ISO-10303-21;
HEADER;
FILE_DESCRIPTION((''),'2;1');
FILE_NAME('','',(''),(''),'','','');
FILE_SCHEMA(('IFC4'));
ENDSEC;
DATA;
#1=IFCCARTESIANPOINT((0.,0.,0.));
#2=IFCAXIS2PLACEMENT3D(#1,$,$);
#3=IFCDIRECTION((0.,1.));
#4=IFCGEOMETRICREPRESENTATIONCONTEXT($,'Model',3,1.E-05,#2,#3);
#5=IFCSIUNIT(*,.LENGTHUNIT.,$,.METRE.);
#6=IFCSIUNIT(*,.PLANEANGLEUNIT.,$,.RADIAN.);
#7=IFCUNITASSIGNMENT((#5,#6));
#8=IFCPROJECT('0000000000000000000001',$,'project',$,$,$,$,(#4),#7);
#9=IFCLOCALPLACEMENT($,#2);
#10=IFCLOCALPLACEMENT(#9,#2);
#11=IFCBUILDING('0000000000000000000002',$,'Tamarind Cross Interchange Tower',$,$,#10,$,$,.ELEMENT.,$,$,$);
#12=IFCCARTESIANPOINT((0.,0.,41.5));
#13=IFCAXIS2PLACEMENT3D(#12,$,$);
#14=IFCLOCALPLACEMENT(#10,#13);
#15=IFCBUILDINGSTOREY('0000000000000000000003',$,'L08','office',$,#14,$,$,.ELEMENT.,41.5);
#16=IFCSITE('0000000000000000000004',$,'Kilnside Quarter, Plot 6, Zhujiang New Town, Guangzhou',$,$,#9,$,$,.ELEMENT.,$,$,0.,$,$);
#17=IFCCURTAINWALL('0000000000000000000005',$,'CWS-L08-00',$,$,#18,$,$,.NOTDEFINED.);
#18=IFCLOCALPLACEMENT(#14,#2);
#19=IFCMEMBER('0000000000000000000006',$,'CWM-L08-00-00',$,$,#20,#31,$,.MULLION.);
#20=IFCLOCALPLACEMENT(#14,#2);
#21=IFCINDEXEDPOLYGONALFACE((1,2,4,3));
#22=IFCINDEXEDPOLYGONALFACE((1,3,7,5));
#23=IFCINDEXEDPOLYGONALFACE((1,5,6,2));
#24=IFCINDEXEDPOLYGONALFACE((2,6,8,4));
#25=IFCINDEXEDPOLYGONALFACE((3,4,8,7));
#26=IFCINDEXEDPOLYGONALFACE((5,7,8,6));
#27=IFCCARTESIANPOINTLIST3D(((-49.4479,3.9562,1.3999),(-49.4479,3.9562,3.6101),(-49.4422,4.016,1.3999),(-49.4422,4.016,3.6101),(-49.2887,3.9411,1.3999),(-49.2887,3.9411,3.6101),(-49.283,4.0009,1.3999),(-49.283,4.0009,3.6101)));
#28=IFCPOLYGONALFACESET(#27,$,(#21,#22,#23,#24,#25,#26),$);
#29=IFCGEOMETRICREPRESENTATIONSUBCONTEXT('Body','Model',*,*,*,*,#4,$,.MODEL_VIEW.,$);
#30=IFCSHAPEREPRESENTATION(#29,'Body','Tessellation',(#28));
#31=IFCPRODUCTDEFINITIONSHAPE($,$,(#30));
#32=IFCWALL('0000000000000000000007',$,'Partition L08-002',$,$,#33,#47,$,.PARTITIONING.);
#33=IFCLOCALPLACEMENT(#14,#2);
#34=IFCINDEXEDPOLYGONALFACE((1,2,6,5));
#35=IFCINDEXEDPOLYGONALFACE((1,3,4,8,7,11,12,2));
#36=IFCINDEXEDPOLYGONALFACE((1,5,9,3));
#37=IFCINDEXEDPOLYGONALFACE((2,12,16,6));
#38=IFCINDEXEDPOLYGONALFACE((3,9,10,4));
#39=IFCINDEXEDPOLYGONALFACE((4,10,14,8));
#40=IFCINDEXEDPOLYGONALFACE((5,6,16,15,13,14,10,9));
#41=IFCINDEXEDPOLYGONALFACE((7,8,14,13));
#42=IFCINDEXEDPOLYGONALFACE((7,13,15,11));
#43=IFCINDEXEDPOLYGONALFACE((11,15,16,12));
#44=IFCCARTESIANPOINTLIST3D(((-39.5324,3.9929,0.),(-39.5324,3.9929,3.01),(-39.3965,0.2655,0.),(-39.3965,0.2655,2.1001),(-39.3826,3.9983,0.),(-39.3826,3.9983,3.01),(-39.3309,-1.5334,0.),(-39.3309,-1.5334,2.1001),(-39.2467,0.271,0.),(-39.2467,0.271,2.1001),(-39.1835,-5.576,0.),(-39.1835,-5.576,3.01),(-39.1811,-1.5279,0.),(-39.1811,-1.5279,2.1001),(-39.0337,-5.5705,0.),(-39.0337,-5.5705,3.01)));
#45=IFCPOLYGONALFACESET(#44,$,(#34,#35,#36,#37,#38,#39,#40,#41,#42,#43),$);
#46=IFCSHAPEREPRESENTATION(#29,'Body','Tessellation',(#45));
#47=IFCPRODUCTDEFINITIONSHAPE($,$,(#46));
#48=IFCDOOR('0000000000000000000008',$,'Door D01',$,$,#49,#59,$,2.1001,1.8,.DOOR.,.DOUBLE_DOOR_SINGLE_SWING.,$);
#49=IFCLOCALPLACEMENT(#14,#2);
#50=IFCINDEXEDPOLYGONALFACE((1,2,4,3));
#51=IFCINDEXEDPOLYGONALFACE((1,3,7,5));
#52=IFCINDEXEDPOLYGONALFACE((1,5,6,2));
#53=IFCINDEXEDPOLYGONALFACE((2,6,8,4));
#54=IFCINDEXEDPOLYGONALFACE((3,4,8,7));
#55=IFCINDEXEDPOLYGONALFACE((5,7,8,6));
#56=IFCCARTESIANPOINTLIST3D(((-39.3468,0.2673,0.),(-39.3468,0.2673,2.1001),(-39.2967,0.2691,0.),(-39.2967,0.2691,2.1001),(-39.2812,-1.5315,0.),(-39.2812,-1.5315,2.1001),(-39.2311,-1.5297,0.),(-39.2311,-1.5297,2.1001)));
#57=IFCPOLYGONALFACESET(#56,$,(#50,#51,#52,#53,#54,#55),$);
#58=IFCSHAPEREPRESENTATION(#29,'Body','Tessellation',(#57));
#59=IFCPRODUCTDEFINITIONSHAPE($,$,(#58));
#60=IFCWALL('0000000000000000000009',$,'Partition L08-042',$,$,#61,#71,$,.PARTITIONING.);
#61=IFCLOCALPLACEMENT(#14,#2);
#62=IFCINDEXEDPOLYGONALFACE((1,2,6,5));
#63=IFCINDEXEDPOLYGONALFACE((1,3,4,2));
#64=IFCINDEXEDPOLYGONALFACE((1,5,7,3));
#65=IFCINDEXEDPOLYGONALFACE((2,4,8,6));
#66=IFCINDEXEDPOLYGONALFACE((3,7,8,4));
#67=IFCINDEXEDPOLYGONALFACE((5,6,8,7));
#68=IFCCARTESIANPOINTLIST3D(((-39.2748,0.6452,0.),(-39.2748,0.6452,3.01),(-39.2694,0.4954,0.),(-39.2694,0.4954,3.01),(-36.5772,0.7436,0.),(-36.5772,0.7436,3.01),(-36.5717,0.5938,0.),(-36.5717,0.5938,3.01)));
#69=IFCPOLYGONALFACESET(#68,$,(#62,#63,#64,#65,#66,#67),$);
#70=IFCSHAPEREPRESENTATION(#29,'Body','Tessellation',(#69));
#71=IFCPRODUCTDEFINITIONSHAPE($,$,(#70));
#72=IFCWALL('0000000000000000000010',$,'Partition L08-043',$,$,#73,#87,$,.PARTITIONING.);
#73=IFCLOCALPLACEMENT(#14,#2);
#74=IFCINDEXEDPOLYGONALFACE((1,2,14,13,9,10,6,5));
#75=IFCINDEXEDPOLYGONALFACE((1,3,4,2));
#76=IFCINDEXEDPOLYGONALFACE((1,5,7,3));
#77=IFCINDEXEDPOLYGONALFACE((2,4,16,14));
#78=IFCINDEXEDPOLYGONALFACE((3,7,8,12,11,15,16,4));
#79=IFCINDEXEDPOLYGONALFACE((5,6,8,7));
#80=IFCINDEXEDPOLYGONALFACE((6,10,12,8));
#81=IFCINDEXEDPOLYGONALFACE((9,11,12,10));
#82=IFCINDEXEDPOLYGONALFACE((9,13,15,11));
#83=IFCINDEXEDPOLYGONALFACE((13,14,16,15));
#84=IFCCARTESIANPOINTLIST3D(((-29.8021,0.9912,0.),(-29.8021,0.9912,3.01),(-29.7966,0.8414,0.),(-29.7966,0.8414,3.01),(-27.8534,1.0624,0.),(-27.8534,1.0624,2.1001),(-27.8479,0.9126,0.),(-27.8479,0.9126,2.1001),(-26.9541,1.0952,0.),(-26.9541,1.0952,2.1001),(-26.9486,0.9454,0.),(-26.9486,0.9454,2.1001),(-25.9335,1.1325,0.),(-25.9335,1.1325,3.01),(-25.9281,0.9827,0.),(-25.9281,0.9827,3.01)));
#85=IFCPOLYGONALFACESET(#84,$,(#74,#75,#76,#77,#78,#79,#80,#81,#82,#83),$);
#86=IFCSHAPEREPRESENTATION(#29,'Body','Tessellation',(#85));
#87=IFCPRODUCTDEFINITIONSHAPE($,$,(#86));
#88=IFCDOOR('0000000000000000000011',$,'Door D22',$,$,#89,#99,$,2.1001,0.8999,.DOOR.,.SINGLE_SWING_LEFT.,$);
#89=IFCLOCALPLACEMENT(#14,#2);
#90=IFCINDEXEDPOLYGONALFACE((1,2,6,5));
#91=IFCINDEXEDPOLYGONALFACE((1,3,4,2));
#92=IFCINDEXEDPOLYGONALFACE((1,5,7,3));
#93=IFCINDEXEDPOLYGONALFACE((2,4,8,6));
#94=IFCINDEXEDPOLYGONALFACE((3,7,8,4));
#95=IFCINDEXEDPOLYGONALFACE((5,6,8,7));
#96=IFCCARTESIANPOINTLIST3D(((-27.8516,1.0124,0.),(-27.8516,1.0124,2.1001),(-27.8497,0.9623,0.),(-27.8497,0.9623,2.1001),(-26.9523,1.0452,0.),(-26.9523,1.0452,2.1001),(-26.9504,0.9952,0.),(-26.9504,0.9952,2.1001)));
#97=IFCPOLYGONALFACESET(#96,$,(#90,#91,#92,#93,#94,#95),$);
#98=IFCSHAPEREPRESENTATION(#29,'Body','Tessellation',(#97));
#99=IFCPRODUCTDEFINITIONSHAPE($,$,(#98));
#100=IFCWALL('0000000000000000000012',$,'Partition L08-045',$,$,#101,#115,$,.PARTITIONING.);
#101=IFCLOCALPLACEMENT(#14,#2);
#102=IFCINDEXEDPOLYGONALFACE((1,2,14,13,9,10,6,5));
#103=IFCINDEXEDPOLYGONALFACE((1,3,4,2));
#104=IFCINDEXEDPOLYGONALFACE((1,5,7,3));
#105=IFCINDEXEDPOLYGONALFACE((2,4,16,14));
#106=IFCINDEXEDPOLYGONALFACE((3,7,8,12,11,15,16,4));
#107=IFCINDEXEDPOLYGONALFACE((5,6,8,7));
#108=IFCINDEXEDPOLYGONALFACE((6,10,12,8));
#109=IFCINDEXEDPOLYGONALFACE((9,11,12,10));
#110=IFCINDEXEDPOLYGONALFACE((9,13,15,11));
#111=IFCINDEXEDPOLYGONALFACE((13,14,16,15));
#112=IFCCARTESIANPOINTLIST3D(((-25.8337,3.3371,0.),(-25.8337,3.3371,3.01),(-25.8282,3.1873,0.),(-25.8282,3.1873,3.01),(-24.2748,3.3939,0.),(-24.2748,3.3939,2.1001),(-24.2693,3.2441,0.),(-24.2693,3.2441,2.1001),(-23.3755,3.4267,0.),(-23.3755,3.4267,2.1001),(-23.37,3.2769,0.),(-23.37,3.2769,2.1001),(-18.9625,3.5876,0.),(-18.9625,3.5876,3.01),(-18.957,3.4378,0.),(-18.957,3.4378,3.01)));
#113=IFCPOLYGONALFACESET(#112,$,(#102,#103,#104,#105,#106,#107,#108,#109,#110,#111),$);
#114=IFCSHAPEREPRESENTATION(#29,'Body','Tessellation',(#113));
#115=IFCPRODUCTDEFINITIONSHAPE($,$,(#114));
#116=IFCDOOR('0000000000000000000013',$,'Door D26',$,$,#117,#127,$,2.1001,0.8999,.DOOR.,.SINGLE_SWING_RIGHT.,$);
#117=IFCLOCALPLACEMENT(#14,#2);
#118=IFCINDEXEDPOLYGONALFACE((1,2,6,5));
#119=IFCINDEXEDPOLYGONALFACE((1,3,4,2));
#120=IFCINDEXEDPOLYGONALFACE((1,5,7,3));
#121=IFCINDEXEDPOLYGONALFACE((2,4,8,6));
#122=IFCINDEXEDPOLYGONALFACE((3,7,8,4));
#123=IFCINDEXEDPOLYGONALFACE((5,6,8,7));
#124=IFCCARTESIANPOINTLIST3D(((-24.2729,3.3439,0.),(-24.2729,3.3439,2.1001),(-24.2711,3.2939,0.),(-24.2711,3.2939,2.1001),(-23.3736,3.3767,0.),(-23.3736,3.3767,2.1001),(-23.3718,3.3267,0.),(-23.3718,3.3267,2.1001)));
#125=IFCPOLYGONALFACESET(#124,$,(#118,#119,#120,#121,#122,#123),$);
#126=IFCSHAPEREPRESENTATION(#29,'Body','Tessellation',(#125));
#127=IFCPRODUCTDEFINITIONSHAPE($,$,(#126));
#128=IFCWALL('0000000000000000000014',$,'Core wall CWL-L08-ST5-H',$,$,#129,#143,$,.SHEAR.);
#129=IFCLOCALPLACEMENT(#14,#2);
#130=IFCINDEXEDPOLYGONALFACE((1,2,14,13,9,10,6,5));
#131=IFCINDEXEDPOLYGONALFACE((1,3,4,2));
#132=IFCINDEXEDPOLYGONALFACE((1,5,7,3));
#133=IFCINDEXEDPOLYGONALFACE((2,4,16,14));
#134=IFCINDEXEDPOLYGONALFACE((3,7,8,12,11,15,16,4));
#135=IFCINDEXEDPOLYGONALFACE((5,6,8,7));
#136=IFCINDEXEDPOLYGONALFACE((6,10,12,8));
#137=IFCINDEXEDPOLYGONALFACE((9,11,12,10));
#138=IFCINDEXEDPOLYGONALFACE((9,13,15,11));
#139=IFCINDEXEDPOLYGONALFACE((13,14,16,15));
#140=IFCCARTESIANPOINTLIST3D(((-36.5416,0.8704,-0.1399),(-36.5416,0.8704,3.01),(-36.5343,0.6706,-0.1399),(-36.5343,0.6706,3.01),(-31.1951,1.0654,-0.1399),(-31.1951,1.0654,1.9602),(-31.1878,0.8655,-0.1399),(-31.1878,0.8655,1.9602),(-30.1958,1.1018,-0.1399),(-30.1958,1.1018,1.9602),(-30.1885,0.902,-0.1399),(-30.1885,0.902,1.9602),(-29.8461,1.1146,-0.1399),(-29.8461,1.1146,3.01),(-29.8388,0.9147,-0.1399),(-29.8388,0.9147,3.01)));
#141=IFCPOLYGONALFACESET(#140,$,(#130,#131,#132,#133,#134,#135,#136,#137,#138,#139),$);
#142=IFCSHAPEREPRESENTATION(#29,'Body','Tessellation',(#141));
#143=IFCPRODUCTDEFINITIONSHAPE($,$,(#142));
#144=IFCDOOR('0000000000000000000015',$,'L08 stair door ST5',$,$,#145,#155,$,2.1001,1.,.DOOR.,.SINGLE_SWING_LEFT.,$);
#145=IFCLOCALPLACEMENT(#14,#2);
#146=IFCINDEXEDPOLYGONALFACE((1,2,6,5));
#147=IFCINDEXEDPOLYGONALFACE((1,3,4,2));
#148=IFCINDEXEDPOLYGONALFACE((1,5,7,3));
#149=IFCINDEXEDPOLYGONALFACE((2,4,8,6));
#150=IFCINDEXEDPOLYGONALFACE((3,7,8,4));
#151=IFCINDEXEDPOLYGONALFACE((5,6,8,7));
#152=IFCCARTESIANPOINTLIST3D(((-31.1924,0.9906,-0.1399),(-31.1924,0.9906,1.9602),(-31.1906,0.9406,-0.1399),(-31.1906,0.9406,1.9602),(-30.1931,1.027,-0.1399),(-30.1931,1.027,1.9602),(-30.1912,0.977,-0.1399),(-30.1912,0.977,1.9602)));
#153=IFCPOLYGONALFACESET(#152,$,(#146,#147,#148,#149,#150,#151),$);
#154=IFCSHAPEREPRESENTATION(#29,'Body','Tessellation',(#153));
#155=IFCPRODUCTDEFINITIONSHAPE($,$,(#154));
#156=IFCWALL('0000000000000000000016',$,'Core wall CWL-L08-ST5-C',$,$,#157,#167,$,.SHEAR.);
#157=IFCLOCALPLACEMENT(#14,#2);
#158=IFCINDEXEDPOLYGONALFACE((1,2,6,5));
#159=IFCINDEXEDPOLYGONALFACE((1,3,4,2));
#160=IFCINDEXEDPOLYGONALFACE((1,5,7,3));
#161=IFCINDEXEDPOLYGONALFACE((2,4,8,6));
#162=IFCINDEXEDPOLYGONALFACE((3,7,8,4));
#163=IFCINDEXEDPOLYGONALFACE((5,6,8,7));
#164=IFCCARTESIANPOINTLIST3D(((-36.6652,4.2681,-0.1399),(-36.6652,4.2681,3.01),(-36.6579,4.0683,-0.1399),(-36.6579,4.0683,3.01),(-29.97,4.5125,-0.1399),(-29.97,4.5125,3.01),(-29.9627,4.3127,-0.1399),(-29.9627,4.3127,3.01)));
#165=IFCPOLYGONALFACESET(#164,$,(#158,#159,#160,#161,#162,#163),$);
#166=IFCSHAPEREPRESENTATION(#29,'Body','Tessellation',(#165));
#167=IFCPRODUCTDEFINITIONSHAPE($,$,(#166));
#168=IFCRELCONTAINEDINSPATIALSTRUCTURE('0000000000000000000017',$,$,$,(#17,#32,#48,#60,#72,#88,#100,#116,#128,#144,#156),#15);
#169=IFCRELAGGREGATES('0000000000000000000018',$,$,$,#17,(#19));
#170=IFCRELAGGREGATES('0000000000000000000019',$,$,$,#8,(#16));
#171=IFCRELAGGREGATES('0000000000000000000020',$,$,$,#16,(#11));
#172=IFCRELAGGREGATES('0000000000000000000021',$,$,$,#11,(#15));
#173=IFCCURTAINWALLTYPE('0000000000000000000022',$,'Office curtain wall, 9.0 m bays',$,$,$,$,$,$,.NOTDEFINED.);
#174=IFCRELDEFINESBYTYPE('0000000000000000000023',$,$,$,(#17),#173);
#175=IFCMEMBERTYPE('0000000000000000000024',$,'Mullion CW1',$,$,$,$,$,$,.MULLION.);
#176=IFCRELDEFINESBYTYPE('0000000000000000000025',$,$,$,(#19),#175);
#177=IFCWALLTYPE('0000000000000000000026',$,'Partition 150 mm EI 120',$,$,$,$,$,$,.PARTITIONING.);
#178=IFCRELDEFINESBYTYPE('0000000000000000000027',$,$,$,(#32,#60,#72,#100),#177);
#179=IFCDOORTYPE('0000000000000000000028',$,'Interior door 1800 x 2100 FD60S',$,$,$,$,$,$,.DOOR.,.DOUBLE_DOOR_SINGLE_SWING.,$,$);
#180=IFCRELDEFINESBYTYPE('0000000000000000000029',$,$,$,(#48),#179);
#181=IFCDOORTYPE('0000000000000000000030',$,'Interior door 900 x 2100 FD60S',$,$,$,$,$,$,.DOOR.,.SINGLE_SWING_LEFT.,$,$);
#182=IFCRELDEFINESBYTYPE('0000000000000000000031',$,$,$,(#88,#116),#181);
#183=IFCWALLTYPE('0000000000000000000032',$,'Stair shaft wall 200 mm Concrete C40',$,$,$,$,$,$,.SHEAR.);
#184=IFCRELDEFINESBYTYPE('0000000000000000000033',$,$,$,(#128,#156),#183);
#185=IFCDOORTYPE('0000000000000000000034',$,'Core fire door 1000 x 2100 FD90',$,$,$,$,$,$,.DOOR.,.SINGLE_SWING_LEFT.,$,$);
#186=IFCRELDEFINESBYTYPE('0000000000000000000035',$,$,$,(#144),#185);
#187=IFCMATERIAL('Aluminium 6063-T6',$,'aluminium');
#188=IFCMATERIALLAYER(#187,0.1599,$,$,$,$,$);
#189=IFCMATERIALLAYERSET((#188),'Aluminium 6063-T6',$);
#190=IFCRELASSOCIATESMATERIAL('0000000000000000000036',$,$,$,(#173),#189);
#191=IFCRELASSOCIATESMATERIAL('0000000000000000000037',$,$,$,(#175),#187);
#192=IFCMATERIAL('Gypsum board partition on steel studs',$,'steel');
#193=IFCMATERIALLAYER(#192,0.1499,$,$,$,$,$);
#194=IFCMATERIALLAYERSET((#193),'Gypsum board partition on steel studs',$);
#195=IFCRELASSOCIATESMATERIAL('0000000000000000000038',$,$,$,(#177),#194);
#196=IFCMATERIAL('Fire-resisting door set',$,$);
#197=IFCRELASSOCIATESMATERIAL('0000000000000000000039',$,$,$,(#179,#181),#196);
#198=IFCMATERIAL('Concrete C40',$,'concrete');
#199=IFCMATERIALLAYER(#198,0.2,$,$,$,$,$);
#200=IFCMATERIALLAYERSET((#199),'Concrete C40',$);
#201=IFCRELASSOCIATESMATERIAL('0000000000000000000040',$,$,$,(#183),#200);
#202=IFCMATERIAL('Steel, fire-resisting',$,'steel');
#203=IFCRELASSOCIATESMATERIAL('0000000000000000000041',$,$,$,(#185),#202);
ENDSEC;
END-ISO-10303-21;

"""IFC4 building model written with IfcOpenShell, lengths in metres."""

from ifc_helpers import new_model, si_unit, direction, frame, frame_2d, origin, origin_2d, place, context, subcontext, project, spatial, rectangle, extrude, material, layer, layer_set, material_profile, profile_set, type_object, element, fill, aggregate, save


model = new_model("IFC4")

# Units and contexts
model_context = context("Model", 3, precision=1e-05, world=origin(), true_north=direction((0.0, 1.0)))
body_context = subcontext(model_context, "Body", "Model", "MODEL_VIEW")
ifc_project = project(units=[si_unit("LENGTHUNIT", "METRE"), si_unit("PLANEANGLEUNIT", "RADIAN")], contexts=[model_context])

# Site, building, storey
site_placement = place(None, origin())
site = spatial("IfcSite", under=ifc_project, at=site_placement, Name="Kilnside Quarter, Plot 6, Zhujiang New Town, Guangzhou", CompositionType="ELEMENT", RefElevation=0.0)
building_placement = place(site_placement, origin())
building = spatial("IfcBuilding", under=site, at=building_placement, Name="Tamarind Cross Interchange Tower", CompositionType="ELEMENT")
storey_placement = place(building_placement, frame((0.0, 0.0, 41.5)))
storey = spatial("IfcBuildingStorey", under=building, at=storey_placement, Name="L08", Description="office", CompositionType="ELEMENT", Elevation=41.5)

# Curtain wall, member
ifc_material_1 = material(Name="Aluminium 6063-T6", Category="aluminium")
ifc_layer_1 = layer(ifc_material_1, 0.1599)
ifc_layer_set_1 = layer_set([ifc_layer_1], Name="Aluminium 6063-T6")
curtain_wall_type = type_object("IfcCurtainWallType", Name="Office curtain wall, 9.0 m bays", PredefinedType="NOTDEFINED", material=ifc_layer_set_1)
curtain_wall_placement = place(storey_placement, origin())
curtain_wall = element("IfcCurtainWall", 1, at=curtain_wall_placement, inside=storey, type_object=curtain_wall_type, Name="CWS-L08-00", PredefinedType="NOTDEFINED")
ifc_material_profile_1 = material_profile(ifc_material_1, rectangle(XDim=0.0601, YDim=0.1599, at=origin_2d()), Name="Mullion CW1")
ifc_profile_set_1 = profile_set([ifc_material_profile_1], Name="Aluminium 6063-T6")
member_type = type_object("IfcMemberType", Name="Mullion CW1", PredefinedType="MULLION", material=ifc_profile_set_1)
member_placement = place(storey_placement, frame((-49.3655, 3.9785, 1.3999), z_axis=(0.0, 0.0, 1.0), x_axis=(-0.094289, -0.995545, 0.0)))
member = element("IfcMember", 2, at=member_placement, type_object=member_type, Name="CWM-L08-00-00", PredefinedType="MULLION", context=body_context, shape_type="SweptSolid", body=[
    extrude(rectangle(XDim=0.0601, YDim=0.1599, at=origin_2d()), origin(), (0.0, 0.0, 1.0), 2.2102),
])
aggregate(curtain_wall, [member])

# Wall, opening, door
ifc_material_2 = material(Name="Gypsum board partition on steel studs", Category="steel")
ifc_layer_2 = layer(ifc_material_2, 0.1499)
ifc_layer_set_2 = layer_set([ifc_layer_2], Name="Gypsum board partition on steel studs")
wall_type_1 = type_object("IfcWallType", Name="Partition 150 mm EI 120", PredefinedType="PARTITIONING", material=ifc_layer_set_2)
wall_1_placement = place(storey_placement, frame((-39.4575, 3.9956, 0.0), z_axis=(0.0, 0.0, 1.0), x_axis=(0.036435, -0.999336, 0.0)))
wall_1 = element("IfcWall", 3, at=wall_1_placement, inside=storey, type_object=wall_type_1, Name="Partition L08-002", PredefinedType="PARTITIONING", context=body_context, shape_type="SweptSolid", body=[
    extrude(rectangle(XDim=9.5752, YDim=0.1499, at=frame_2d((4.7876, 0.0))), origin(), (0.0, 0.0, 1.0), 3.01),
])
opening_1_placement = place(wall_1_placement, frame((3.73, 0.0, 0.0)))
opening_1 = element("IfcOpeningElement", 4, at=opening_1_placement, cuts=wall_1, PredefinedType="OPENING", context=body_context, shape_type="SweptSolid", body=[
    extrude(rectangle(XDim=1.8, YDim=2.1001, at=frame_2d((0.8999, 1.05))), frame((0.0, 0.085, 0.0), z_axis=(0.0, -1.0, 0.0), x_axis=(1.0, 0.0, 0.0)), (0.0, 0.0, 1.0), 0.1699),
])
ifc_material_3 = material(Name="Fire-resisting door set")
door_type_1 = type_object("IfcDoorType", Name="Interior door 1800 x 2100 FD60S", OperationType="DOUBLE_DOOR_SINGLE_SWING", PredefinedType="DOOR", material=ifc_material_3)
door_1_placement = place(opening_1_placement, origin())
door_1 = element("IfcDoor", 5, at=door_1_placement, inside=storey, type_object=door_type_1, Name="Door D01", OperationType="DOUBLE_DOOR_SINGLE_SWING", OverallHeight=2.1001, OverallWidth=1.8, PredefinedType="DOOR", context=body_context, shape_type="SweptSolid", body=[
    extrude(rectangle(XDim=1.8, YDim=2.1001, at=frame_2d((0.8999, 1.05))), frame((0.0, 0.0249, 0.0), z_axis=(0.0, -1.0, 0.0), x_axis=(1.0, 0.0, 0.0)), (0.0, 0.0, 1.0), 0.05),
])
fill(opening_1, door_1)

# Wall
wall_2_placement = place(storey_placement, frame((-39.272, 0.5703, 0.0), z_axis=(0.0, 0.0, 1.0), x_axis=(0.999336, 0.036446, 0.0)))
element("IfcWall", 6, at=wall_2_placement, inside=storey, type_object=wall_type_1, Name="Partition L08-042", PredefinedType="PARTITIONING", context=body_context, shape_type="SweptSolid", body=[
    extrude(rectangle(XDim=2.6995, YDim=0.1499, at=frame_2d((1.3496, 0.0))), origin(), (0.0, 0.0, 1.0), 3.01),
])

# Walls, openings, doors
wall_3_placement = place(storey_placement, frame((-29.7993, 0.9163, 0.0), z_axis=(0.0, 0.0, 1.0), x_axis=(0.999333, 0.036517, 0.0)))
wall_3 = element("IfcWall", 7, at=wall_3_placement, inside=storey, type_object=wall_type_1, Name="Partition L08-043", PredefinedType="PARTITIONING", context=body_context, shape_type="SweptSolid", body=[
    extrude(rectangle(XDim=3.8711, YDim=0.1499, at=frame_2d((1.9355, 0.0))), origin(), (0.0, 0.0, 1.0), 3.01),
])
opening_2_placement = place(wall_3_placement, frame((1.95, 0.0, 0.0)))
opening_2 = element("IfcOpeningElement", 8, at=opening_2_placement, cuts=wall_3, PredefinedType="OPENING", context=body_context, shape_type="SweptSolid", body=[
    extrude(rectangle(XDim=0.8999, YDim=2.1001, at=frame_2d((0.45, 1.05))), frame((0.0, 0.085, 0.0), z_axis=(0.0, -1.0, 0.0), x_axis=(1.0, 0.0, 0.0)), (0.0, 0.0, 1.0), 0.1699),
])
door_type_2 = type_object("IfcDoorType", Name="Interior door 900 x 2100 FD60S", OperationType="SINGLE_SWING_LEFT", PredefinedType="DOOR", material=ifc_material_3)
door_2_placement = place(opening_2_placement, origin())
door_2 = element("IfcDoor", 9, at=door_2_placement, inside=storey, type_object=door_type_2, Name="Door D22", OperationType="SINGLE_SWING_LEFT", OverallHeight=2.1001, OverallWidth=0.8999, PredefinedType="DOOR", context=body_context, shape_type="SweptSolid", body=[
    extrude(rectangle(XDim=0.8999, YDim=2.1001, at=frame_2d((0.45, 1.05))), frame((0.0, 0.0249, 0.0), z_axis=(0.0, -1.0, 0.0), x_axis=(1.0, 0.0, 0.0)), (0.0, 0.0, 1.0), 0.05),
])
fill(opening_2, door_2)
wall_4_placement = place(storey_placement, frame((-25.8311, 3.2622, 0.0), z_axis=(0.0, 0.0, 1.0), x_axis=(0.999336, 0.036431, 0.0)))
wall_4 = element("IfcWall", 10, at=wall_4_placement, inside=storey, type_object=wall_type_1, Name="Partition L08-045", PredefinedType="PARTITIONING", context=body_context, shape_type="SweptSolid", body=[
    extrude(rectangle(XDim=6.8757, YDim=0.1499, at=frame_2d((3.438, 0.0))), origin(), (0.0, 0.0, 1.0), 3.01),
])
opening_3_placement = place(wall_4_placement, frame((1.5601, 0.0, 0.0)))
opening_3 = element("IfcOpeningElement", 11, at=opening_3_placement, cuts=wall_4, PredefinedType="OPENING", context=body_context, shape_type="SweptSolid", body=[
    extrude(rectangle(XDim=0.8999, YDim=2.1001, at=frame_2d((0.45, 1.05))), frame((0.0, 0.085, 0.0), z_axis=(0.0, -1.0, 0.0), x_axis=(1.0, 0.0, 0.0)), (0.0, 0.0, 1.0), 0.1699),
])
door_3_placement = place(opening_3_placement, origin())
door_3 = element("IfcDoor", 12, at=door_3_placement, inside=storey, type_object=door_type_2, Name="Door D26", OperationType="SINGLE_SWING_RIGHT", OverallHeight=2.1001, OverallWidth=0.8999, PredefinedType="DOOR", context=body_context, shape_type="SweptSolid", body=[
    extrude(rectangle(XDim=0.8999, YDim=2.1001, at=frame_2d((0.45, 1.05))), frame((0.0, 0.0249, 0.0), z_axis=(0.0, -1.0, 0.0), x_axis=(1.0, 0.0, 0.0)), (0.0, 0.0, 1.0), 0.05),
])
fill(opening_3, door_3)
ifc_material_4 = material(Name="Concrete C40", Category="concrete")
ifc_layer_3 = layer(ifc_material_4, 0.2)
ifc_layer_set_3 = layer_set([ifc_layer_3], Name="Concrete C40")
wall_type_2 = type_object("IfcWallType", Name="Stair shaft wall 200 mm Concrete C40", PredefinedType="SHEAR", material=ifc_layer_set_3)
wall_5_placement = place(storey_placement, frame((-29.8423, 1.0146, -0.1399), z_axis=(0.0, 0.0, 1.0), x_axis=(-0.999336, -0.036439, 0.0)))
wall_5 = element("IfcWall", 13, at=wall_5_placement, inside=storey, type_object=wall_type_2, Name="Core wall CWL-L08-ST5-H", PredefinedType="SHEAR", context=body_context, shape_type="SweptSolid", body=[
    extrude(rectangle(XDim=6.7, YDim=0.2, at=frame_2d((3.3501, 0.0))), origin(), (0.0, 0.0, 1.0), 3.1499),
])
opening_4_placement = place(wall_5_placement, frame((0.3501, 0.0, 0.0)))
opening_4 = element("IfcOpeningElement", 14, at=opening_4_placement, cuts=wall_5, PredefinedType="OPENING", context=body_context, shape_type="SweptSolid", body=[
    extrude(rectangle(XDim=1.0, YDim=2.1001, at=frame_2d((0.5, 1.05))), frame((0.0, 0.1099, 0.0), z_axis=(0.0, -1.0, 0.0), x_axis=(1.0, 0.0, 0.0)), (0.0, 0.0, 1.0), 0.22),
])
ifc_material_5 = material(Name="Steel, fire-resisting", Category="steel")
door_type_3 = type_object("IfcDoorType", Name="Core fire door 1000 x 2100 FD90", OperationType="SINGLE_SWING_LEFT", PredefinedType="DOOR", material=ifc_material_5)
door_4_placement = place(opening_4_placement, origin())
door_4 = element("IfcDoor", 15, at=door_4_placement, inside=storey, type_object=door_type_3, Name="L08 stair door ST5", OperationType="SINGLE_SWING_LEFT", OverallHeight=2.1001, OverallWidth=1.0, PredefinedType="DOOR", context=body_context, shape_type="SweptSolid", body=[
    extrude(rectangle(XDim=1.0, YDim=2.1001, at=frame_2d((0.5, 1.05))), frame((0.0, 0.0249, 0.0), z_axis=(0.0, -1.0, 0.0), x_axis=(1.0, 0.0, 0.0)), (0.0, 0.0, 1.0), 0.05),
])
fill(opening_4, door_4)

# Wall
wall_6_placement = place(storey_placement, frame((-29.9663, 4.4126, -0.1399), z_axis=(0.0, 0.0, 1.0), x_axis=(-0.999335, -0.036477, 0.0)))
element("IfcWall", 16, at=wall_6_placement, inside=storey, type_object=wall_type_2, Name="Core wall CWL-L08-ST5-C", PredefinedType="SHEAR", context=body_context, shape_type="SweptSolid", body=[
    extrude(rectangle(XDim=6.6997, YDim=0.2, at=frame_2d((3.3499, 0.0))), origin(), (0.0, 0.0, 1.0), 3.1499),
])

save(model, "model.ifc")
